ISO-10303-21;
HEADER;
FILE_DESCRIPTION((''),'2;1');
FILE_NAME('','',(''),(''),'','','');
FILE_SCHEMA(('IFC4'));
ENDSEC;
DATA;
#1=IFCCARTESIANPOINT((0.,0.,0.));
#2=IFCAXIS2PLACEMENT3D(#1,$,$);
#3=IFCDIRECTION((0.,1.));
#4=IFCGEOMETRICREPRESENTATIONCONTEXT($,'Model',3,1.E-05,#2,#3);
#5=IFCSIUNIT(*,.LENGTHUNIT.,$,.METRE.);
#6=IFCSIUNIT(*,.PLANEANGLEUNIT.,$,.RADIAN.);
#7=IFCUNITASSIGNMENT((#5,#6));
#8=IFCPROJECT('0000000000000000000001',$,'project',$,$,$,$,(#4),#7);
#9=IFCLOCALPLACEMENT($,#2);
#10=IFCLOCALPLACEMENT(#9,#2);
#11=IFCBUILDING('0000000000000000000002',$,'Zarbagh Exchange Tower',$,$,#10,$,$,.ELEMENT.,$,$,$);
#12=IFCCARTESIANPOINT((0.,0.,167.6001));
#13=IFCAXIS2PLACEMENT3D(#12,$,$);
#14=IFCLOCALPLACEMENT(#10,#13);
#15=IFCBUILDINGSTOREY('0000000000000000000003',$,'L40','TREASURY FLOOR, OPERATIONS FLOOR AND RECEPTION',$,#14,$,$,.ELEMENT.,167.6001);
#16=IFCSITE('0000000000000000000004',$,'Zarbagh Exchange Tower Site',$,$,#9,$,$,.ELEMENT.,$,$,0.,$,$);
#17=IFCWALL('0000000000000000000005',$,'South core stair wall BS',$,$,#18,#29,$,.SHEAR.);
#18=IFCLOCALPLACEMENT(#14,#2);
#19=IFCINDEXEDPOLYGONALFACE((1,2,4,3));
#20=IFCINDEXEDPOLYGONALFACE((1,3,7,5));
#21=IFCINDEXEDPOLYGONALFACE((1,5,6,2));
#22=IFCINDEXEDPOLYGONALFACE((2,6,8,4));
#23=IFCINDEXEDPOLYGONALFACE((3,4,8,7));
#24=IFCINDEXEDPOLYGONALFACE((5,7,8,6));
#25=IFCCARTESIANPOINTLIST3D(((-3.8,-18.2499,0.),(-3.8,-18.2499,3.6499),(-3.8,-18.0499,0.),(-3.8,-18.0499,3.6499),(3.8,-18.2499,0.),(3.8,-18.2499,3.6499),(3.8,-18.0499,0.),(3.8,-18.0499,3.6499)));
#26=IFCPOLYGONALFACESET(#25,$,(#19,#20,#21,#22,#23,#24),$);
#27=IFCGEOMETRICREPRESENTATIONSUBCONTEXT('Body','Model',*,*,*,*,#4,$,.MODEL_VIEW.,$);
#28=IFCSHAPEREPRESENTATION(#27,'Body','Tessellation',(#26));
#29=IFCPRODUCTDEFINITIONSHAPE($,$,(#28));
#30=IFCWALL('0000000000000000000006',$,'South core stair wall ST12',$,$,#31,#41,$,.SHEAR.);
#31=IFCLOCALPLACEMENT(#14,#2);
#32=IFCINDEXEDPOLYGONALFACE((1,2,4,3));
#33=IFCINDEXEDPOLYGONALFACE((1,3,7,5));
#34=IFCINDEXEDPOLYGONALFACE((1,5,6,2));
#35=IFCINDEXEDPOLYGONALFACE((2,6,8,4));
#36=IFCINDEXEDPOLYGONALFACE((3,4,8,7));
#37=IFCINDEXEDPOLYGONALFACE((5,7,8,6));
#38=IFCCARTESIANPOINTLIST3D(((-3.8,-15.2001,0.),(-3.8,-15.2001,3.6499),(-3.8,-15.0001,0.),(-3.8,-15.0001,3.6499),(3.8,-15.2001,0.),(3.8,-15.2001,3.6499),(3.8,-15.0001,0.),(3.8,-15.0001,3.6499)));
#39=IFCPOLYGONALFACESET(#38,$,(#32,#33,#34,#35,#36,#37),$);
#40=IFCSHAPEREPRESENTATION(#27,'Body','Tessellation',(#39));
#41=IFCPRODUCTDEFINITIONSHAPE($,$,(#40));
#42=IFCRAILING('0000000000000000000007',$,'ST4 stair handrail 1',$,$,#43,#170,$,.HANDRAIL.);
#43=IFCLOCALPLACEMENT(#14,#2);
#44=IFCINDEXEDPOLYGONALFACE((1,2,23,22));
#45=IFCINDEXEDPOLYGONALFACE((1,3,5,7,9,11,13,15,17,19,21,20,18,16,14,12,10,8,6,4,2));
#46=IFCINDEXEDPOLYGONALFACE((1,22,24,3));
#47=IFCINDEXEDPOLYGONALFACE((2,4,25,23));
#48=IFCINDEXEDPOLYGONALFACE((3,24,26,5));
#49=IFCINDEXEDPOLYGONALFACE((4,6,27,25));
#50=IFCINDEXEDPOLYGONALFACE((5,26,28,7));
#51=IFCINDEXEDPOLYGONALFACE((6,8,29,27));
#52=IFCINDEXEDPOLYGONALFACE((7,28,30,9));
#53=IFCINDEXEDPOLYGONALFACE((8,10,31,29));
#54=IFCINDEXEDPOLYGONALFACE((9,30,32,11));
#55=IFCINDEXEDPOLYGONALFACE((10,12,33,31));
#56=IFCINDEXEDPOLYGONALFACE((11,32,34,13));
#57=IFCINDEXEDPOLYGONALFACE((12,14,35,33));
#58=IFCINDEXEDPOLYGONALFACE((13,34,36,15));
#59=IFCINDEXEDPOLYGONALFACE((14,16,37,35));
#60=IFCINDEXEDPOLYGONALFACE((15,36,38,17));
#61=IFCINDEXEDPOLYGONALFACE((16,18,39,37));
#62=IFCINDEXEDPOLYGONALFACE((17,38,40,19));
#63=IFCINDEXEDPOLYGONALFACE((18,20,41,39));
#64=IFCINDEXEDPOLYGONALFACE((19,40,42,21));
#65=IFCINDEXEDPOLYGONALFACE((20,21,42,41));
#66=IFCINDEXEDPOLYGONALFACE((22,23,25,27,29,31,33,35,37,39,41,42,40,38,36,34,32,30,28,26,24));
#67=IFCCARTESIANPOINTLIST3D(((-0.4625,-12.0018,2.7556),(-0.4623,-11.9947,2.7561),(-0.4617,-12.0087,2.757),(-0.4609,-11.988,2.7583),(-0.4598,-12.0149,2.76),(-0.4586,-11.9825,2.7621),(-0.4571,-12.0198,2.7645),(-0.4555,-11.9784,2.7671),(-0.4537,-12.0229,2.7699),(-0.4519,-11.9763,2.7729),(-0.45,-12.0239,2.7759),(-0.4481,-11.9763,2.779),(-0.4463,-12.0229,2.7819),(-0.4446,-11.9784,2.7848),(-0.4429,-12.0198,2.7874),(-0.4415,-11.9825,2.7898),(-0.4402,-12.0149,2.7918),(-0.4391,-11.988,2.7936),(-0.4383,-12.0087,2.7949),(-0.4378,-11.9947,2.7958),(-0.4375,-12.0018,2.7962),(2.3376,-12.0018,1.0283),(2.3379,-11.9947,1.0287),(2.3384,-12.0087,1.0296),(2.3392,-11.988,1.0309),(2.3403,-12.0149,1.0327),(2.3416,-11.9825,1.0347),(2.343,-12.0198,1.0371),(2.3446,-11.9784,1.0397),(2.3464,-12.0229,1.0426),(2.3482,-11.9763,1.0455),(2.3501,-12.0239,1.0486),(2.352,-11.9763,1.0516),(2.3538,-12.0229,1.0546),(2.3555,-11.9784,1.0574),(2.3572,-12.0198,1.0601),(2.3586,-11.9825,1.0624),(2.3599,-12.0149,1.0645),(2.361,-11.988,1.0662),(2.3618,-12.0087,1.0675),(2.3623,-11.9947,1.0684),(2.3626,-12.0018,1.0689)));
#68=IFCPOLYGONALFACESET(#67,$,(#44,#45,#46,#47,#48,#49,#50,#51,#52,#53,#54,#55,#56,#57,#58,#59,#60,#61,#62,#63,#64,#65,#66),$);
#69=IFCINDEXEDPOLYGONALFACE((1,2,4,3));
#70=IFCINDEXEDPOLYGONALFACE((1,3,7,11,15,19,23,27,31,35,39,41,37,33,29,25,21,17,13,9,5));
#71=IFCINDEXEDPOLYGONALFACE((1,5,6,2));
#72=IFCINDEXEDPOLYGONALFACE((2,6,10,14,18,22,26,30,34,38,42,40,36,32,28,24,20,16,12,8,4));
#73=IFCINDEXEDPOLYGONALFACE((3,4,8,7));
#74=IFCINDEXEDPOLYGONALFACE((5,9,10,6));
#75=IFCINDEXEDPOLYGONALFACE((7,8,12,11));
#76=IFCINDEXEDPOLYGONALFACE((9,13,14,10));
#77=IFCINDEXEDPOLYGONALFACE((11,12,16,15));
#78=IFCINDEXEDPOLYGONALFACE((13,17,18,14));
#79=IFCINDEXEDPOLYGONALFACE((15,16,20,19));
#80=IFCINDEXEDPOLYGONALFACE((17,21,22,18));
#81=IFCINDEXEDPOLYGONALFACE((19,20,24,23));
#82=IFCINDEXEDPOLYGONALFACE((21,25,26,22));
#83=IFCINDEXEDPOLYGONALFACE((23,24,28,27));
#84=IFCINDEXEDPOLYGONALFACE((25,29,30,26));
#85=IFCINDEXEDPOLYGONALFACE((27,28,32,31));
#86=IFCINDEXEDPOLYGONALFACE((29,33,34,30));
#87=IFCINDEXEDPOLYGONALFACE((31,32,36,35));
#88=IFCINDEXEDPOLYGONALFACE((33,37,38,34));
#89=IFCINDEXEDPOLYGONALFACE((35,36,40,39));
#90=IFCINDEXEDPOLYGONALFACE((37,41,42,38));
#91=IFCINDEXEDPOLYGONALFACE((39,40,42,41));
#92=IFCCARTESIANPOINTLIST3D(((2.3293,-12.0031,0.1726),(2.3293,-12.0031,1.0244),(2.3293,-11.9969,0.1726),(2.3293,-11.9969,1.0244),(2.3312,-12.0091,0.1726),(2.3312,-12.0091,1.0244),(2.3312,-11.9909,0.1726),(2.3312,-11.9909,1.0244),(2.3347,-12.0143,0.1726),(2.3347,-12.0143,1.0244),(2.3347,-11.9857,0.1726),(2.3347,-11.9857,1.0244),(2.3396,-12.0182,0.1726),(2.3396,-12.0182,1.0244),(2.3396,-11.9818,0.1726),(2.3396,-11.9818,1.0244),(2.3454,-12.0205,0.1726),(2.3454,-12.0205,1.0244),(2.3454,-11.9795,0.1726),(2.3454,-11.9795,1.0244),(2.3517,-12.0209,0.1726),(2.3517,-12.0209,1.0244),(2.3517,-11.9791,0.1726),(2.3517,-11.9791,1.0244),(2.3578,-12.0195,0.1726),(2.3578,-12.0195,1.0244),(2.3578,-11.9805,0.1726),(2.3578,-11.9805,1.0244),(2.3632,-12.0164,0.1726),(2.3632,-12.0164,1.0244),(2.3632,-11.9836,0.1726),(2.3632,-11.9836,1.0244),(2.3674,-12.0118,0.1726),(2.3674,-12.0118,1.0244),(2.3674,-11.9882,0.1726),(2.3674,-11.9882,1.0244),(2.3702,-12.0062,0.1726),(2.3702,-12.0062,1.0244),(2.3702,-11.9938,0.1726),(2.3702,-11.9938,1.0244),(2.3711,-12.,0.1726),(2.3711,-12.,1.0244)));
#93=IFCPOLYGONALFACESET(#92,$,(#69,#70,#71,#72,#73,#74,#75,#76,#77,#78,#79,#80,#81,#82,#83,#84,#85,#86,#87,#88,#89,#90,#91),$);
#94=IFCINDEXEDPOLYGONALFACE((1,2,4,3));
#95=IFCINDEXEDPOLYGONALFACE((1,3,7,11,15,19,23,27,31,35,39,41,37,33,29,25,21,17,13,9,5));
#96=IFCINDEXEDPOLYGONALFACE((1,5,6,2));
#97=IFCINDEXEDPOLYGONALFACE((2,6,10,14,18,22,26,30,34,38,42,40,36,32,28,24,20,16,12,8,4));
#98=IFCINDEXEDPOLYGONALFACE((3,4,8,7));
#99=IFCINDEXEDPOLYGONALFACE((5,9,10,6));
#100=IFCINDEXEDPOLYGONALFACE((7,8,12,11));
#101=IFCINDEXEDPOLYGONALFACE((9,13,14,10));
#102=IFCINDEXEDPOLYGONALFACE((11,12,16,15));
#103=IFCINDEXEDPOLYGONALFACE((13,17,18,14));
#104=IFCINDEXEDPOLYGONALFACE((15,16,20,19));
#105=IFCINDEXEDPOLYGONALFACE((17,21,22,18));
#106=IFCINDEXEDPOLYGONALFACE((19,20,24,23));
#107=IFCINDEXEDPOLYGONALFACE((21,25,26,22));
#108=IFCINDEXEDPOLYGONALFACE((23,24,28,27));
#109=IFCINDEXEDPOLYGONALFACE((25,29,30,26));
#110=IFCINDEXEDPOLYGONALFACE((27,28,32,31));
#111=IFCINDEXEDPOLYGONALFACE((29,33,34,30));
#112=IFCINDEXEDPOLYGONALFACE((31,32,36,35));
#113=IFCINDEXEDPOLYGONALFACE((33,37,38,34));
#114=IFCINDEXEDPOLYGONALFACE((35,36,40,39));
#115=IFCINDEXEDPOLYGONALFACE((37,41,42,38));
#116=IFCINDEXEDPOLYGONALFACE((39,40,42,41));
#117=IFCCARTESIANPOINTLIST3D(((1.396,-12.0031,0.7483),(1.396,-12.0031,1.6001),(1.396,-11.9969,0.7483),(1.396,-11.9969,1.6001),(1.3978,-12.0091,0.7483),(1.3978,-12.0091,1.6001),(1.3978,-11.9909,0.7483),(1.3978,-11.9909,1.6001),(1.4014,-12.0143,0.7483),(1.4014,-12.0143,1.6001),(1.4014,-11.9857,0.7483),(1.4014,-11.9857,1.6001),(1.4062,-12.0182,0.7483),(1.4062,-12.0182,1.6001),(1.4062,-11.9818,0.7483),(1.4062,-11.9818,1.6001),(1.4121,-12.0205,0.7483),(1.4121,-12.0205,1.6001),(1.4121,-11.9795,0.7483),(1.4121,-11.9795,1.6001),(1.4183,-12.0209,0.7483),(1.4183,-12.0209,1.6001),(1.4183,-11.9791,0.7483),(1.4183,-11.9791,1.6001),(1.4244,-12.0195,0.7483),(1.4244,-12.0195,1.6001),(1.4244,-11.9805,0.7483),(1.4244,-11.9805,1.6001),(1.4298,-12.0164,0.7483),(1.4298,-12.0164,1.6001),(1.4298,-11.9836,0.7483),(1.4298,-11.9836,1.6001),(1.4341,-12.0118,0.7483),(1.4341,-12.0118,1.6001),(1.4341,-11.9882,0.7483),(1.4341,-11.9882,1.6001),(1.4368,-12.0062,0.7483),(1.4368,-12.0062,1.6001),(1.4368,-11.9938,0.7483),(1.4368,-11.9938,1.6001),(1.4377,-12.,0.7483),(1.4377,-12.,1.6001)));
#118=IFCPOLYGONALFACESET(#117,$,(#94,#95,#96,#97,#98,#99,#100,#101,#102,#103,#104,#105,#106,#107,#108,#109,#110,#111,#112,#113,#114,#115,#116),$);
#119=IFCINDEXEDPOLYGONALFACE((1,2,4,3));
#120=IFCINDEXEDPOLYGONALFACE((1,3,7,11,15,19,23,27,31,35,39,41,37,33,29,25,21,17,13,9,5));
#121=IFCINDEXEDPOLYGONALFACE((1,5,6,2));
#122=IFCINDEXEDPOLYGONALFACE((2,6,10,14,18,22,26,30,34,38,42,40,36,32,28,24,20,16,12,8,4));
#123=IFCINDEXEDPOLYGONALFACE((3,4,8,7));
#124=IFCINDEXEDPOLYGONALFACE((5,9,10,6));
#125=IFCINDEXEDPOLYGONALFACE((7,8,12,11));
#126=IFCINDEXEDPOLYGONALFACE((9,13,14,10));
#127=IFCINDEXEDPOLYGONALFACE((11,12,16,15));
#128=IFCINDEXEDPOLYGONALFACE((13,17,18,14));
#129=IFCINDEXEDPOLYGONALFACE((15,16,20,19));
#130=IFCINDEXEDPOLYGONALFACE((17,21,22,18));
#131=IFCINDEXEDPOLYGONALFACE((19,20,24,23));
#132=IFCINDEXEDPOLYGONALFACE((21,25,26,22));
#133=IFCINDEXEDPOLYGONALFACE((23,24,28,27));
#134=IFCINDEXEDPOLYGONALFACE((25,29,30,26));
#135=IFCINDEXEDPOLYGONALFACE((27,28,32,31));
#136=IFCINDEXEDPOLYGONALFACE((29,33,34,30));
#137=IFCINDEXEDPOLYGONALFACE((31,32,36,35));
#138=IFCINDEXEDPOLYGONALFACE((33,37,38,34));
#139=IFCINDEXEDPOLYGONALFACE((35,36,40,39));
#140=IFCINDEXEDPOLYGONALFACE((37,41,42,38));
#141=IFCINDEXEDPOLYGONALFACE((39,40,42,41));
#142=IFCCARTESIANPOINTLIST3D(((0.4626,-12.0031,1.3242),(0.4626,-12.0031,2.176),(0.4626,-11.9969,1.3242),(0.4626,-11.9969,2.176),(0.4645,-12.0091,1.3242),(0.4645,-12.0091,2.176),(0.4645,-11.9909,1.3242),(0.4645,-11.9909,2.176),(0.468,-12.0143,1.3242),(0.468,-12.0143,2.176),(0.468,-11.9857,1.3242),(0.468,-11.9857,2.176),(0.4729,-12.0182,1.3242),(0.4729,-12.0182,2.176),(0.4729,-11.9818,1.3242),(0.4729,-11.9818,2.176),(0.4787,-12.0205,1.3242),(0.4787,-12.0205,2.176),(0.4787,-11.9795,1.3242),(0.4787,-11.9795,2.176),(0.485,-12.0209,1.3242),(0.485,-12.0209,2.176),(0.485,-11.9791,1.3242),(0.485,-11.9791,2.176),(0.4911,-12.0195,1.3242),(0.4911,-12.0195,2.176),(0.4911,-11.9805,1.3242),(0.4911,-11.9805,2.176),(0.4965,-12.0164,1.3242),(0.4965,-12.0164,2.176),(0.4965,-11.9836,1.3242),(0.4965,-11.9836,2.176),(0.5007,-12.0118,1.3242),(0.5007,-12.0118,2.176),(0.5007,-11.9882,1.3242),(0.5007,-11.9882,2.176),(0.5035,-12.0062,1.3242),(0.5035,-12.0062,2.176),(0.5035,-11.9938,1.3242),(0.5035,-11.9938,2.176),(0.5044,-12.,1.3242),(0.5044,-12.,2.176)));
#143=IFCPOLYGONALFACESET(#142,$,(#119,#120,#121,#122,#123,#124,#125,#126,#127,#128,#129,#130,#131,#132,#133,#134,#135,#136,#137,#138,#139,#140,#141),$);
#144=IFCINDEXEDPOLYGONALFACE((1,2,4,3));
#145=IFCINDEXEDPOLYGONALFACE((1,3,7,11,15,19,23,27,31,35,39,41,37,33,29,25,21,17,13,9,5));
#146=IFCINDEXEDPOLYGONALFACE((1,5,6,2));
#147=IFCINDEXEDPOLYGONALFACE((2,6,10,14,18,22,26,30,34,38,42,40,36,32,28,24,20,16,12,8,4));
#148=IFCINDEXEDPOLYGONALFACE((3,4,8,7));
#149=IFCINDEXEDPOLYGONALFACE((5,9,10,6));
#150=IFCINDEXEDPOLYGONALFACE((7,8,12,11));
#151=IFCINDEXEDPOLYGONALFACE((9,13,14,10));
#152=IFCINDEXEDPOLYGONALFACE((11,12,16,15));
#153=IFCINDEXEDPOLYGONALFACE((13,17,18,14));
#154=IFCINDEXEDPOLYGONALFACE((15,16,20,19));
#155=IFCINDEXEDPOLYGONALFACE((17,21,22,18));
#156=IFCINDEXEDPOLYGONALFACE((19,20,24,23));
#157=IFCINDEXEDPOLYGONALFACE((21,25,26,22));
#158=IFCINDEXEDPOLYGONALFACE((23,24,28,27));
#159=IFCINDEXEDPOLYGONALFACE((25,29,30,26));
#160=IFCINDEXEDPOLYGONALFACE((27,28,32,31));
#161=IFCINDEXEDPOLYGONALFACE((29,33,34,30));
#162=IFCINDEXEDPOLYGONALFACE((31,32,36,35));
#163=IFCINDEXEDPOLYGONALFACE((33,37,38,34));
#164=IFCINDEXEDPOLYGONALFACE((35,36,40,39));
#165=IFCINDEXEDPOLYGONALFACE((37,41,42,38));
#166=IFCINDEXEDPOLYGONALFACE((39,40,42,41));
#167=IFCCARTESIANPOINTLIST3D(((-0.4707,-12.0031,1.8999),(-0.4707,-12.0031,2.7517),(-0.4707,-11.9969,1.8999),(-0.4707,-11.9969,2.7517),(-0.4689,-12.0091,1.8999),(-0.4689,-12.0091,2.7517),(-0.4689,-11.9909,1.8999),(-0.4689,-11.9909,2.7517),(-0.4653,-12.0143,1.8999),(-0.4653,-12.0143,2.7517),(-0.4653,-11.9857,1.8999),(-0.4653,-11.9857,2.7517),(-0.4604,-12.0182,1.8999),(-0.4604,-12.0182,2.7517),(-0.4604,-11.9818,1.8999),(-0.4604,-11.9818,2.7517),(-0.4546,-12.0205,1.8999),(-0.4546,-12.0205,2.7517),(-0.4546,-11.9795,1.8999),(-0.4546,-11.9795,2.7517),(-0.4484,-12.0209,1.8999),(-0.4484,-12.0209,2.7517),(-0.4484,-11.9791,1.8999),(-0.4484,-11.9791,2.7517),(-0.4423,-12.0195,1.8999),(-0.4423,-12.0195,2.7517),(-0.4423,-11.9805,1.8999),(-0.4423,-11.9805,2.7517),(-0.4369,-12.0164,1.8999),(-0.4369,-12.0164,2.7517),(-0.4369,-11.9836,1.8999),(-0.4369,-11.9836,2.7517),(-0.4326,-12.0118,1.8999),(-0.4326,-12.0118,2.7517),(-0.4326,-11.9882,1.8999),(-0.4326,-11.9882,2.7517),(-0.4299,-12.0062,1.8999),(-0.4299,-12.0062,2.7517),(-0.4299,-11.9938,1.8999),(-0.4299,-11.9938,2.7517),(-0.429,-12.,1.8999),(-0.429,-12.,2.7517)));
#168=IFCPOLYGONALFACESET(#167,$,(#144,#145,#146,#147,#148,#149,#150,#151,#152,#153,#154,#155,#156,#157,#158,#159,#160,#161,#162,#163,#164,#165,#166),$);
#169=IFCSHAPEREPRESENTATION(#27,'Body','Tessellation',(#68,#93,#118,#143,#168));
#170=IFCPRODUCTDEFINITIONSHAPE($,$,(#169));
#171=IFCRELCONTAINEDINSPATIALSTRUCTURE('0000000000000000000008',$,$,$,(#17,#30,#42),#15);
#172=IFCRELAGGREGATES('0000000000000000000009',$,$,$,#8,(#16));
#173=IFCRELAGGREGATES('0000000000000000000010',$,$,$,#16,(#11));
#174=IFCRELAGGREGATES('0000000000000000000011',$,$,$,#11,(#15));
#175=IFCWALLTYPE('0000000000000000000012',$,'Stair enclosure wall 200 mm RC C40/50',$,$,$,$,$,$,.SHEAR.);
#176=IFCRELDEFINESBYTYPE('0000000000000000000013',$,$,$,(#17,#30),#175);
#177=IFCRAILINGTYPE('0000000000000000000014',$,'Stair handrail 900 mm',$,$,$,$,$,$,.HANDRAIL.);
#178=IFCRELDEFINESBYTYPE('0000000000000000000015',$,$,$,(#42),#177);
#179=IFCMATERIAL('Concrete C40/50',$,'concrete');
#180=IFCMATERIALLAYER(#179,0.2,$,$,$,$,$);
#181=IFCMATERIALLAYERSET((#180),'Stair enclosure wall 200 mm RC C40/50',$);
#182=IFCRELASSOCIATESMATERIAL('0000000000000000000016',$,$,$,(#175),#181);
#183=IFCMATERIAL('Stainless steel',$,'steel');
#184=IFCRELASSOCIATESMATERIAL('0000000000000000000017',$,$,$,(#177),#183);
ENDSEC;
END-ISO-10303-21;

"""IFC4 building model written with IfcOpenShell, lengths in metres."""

from ifc_helpers import new_model, si_unit, direction, frame, frame_2d, origin, origin_2d, place, context, subcontext, project, spatial, rectangle, circle, extrude, material, layer, layer_set, type_object, element, save


model = new_model("IFC4")

# Units and contexts
model_context = context("Model", 3, precision=1e-05, world=origin(), true_north=direction((0.0, 1.0)))
body_context = subcontext(model_context, "Body", "Model", "MODEL_VIEW")
ifc_project = project(units=[si_unit("LENGTHUNIT", "METRE"), si_unit("PLANEANGLEUNIT", "RADIAN")], contexts=[model_context])

# Site, building, storey
site_placement = place(None, origin())
site = spatial("IfcSite", under=ifc_project, at=site_placement, Name="Zarbagh Exchange Tower Site", CompositionType="ELEMENT", RefElevation=0.0)
building_placement = place(site_placement, origin())
building = spatial("IfcBuilding", under=site, at=building_placement, Name="Zarbagh Exchange Tower", CompositionType="ELEMENT")
storey_placement = place(building_placement, frame((0.0, 0.0, 167.6001)))
storey = spatial("IfcBuildingStorey", under=building, at=storey_placement, Name="L40", Description="TREASURY FLOOR, OPERATIONS FLOOR AND RECEPTION", CompositionType="ELEMENT", Elevation=167.6001)

# Walls
ifc_material_1 = material(Name="Concrete C40/50", Category="concrete")
ifc_layer_1 = layer(ifc_material_1, 0.2)
ifc_layer_set_1 = layer_set([ifc_layer_1], Name="Stair enclosure wall 200 mm RC C40/50")
wall_type_1 = type_object("IfcWallType", Name="Stair enclosure wall 200 mm RC C40/50", PredefinedType="SHEAR", material=ifc_layer_set_1)
for number, where, z_axis, x_axis, name in (
    (1, (3.8, -18.1499, 0.0), (0.0, 0.0, 1.0), (-1.0, 0.0, 0.0), "South core stair wall BS"),
    (2, (3.8, -15.1001, 0.0), (0.0, 0.0, 1.0), (-1.0, 0.0, 0.0), "South core stair wall ST12"),
):
    element("IfcWall", number, at=place(storey_placement, frame(where, z_axis=z_axis, x_axis=x_axis)), inside=storey, type_object=wall_type_1, Name=name, PredefinedType="SHEAR", context=body_context, shape_type="SweptSolid", body=[
        extrude(rectangle(XDim=7.6001, YDim=0.2, at=frame_2d((3.8, 0.0))), origin(), (0.0, 0.0, 1.0), 3.6499),
    ])

# Railing
ifc_material_2 = material(Name="Stainless steel", Category="steel")
railing_type = type_object("IfcRailingType", Name="Stair handrail 900 mm", PredefinedType="HANDRAIL", material=ifc_material_2)
railing_placement = place(storey_placement, frame((2.3501, -12.0, 0.1726)))
element("IfcRailing", 3, at=railing_placement, inside=storey, type_object=railing_type, Name="ST4 stair handrail 1", PredefinedType="HANDRAIL", context=body_context, shape_type="SweptSolid", body=[
    extrude(circle(Radius=0.0239, at=origin_2d()), frame((0.0, 0.0, 0.876), z_axis=(-0.85109, 0.0, 0.52502), x_axis=(0.0, -1.0, 0.0)), (0.0, 0.0, 1.0), 3.29),
    extrude(circle(Radius=0.021, at=origin_2d()), origin(), (0.0, 0.0, 1.0), 0.8518),
    extrude(circle(Radius=0.021, at=origin_2d()), frame((-0.9333, 0.0, 0.5757)), (0.0, 0.0, 1.0), 0.8518),
    extrude(circle(Radius=0.021, at=origin_2d()), frame((-1.8667, 0.0, 1.1516)), (0.0, 0.0, 1.0), 0.8518),
    extrude(circle(Radius=0.021, at=origin_2d()), frame((-2.8, 0.0, 1.7273)), (0.0, 0.0, 1.0), 0.8518),
])

save(model, "model.ifc")
